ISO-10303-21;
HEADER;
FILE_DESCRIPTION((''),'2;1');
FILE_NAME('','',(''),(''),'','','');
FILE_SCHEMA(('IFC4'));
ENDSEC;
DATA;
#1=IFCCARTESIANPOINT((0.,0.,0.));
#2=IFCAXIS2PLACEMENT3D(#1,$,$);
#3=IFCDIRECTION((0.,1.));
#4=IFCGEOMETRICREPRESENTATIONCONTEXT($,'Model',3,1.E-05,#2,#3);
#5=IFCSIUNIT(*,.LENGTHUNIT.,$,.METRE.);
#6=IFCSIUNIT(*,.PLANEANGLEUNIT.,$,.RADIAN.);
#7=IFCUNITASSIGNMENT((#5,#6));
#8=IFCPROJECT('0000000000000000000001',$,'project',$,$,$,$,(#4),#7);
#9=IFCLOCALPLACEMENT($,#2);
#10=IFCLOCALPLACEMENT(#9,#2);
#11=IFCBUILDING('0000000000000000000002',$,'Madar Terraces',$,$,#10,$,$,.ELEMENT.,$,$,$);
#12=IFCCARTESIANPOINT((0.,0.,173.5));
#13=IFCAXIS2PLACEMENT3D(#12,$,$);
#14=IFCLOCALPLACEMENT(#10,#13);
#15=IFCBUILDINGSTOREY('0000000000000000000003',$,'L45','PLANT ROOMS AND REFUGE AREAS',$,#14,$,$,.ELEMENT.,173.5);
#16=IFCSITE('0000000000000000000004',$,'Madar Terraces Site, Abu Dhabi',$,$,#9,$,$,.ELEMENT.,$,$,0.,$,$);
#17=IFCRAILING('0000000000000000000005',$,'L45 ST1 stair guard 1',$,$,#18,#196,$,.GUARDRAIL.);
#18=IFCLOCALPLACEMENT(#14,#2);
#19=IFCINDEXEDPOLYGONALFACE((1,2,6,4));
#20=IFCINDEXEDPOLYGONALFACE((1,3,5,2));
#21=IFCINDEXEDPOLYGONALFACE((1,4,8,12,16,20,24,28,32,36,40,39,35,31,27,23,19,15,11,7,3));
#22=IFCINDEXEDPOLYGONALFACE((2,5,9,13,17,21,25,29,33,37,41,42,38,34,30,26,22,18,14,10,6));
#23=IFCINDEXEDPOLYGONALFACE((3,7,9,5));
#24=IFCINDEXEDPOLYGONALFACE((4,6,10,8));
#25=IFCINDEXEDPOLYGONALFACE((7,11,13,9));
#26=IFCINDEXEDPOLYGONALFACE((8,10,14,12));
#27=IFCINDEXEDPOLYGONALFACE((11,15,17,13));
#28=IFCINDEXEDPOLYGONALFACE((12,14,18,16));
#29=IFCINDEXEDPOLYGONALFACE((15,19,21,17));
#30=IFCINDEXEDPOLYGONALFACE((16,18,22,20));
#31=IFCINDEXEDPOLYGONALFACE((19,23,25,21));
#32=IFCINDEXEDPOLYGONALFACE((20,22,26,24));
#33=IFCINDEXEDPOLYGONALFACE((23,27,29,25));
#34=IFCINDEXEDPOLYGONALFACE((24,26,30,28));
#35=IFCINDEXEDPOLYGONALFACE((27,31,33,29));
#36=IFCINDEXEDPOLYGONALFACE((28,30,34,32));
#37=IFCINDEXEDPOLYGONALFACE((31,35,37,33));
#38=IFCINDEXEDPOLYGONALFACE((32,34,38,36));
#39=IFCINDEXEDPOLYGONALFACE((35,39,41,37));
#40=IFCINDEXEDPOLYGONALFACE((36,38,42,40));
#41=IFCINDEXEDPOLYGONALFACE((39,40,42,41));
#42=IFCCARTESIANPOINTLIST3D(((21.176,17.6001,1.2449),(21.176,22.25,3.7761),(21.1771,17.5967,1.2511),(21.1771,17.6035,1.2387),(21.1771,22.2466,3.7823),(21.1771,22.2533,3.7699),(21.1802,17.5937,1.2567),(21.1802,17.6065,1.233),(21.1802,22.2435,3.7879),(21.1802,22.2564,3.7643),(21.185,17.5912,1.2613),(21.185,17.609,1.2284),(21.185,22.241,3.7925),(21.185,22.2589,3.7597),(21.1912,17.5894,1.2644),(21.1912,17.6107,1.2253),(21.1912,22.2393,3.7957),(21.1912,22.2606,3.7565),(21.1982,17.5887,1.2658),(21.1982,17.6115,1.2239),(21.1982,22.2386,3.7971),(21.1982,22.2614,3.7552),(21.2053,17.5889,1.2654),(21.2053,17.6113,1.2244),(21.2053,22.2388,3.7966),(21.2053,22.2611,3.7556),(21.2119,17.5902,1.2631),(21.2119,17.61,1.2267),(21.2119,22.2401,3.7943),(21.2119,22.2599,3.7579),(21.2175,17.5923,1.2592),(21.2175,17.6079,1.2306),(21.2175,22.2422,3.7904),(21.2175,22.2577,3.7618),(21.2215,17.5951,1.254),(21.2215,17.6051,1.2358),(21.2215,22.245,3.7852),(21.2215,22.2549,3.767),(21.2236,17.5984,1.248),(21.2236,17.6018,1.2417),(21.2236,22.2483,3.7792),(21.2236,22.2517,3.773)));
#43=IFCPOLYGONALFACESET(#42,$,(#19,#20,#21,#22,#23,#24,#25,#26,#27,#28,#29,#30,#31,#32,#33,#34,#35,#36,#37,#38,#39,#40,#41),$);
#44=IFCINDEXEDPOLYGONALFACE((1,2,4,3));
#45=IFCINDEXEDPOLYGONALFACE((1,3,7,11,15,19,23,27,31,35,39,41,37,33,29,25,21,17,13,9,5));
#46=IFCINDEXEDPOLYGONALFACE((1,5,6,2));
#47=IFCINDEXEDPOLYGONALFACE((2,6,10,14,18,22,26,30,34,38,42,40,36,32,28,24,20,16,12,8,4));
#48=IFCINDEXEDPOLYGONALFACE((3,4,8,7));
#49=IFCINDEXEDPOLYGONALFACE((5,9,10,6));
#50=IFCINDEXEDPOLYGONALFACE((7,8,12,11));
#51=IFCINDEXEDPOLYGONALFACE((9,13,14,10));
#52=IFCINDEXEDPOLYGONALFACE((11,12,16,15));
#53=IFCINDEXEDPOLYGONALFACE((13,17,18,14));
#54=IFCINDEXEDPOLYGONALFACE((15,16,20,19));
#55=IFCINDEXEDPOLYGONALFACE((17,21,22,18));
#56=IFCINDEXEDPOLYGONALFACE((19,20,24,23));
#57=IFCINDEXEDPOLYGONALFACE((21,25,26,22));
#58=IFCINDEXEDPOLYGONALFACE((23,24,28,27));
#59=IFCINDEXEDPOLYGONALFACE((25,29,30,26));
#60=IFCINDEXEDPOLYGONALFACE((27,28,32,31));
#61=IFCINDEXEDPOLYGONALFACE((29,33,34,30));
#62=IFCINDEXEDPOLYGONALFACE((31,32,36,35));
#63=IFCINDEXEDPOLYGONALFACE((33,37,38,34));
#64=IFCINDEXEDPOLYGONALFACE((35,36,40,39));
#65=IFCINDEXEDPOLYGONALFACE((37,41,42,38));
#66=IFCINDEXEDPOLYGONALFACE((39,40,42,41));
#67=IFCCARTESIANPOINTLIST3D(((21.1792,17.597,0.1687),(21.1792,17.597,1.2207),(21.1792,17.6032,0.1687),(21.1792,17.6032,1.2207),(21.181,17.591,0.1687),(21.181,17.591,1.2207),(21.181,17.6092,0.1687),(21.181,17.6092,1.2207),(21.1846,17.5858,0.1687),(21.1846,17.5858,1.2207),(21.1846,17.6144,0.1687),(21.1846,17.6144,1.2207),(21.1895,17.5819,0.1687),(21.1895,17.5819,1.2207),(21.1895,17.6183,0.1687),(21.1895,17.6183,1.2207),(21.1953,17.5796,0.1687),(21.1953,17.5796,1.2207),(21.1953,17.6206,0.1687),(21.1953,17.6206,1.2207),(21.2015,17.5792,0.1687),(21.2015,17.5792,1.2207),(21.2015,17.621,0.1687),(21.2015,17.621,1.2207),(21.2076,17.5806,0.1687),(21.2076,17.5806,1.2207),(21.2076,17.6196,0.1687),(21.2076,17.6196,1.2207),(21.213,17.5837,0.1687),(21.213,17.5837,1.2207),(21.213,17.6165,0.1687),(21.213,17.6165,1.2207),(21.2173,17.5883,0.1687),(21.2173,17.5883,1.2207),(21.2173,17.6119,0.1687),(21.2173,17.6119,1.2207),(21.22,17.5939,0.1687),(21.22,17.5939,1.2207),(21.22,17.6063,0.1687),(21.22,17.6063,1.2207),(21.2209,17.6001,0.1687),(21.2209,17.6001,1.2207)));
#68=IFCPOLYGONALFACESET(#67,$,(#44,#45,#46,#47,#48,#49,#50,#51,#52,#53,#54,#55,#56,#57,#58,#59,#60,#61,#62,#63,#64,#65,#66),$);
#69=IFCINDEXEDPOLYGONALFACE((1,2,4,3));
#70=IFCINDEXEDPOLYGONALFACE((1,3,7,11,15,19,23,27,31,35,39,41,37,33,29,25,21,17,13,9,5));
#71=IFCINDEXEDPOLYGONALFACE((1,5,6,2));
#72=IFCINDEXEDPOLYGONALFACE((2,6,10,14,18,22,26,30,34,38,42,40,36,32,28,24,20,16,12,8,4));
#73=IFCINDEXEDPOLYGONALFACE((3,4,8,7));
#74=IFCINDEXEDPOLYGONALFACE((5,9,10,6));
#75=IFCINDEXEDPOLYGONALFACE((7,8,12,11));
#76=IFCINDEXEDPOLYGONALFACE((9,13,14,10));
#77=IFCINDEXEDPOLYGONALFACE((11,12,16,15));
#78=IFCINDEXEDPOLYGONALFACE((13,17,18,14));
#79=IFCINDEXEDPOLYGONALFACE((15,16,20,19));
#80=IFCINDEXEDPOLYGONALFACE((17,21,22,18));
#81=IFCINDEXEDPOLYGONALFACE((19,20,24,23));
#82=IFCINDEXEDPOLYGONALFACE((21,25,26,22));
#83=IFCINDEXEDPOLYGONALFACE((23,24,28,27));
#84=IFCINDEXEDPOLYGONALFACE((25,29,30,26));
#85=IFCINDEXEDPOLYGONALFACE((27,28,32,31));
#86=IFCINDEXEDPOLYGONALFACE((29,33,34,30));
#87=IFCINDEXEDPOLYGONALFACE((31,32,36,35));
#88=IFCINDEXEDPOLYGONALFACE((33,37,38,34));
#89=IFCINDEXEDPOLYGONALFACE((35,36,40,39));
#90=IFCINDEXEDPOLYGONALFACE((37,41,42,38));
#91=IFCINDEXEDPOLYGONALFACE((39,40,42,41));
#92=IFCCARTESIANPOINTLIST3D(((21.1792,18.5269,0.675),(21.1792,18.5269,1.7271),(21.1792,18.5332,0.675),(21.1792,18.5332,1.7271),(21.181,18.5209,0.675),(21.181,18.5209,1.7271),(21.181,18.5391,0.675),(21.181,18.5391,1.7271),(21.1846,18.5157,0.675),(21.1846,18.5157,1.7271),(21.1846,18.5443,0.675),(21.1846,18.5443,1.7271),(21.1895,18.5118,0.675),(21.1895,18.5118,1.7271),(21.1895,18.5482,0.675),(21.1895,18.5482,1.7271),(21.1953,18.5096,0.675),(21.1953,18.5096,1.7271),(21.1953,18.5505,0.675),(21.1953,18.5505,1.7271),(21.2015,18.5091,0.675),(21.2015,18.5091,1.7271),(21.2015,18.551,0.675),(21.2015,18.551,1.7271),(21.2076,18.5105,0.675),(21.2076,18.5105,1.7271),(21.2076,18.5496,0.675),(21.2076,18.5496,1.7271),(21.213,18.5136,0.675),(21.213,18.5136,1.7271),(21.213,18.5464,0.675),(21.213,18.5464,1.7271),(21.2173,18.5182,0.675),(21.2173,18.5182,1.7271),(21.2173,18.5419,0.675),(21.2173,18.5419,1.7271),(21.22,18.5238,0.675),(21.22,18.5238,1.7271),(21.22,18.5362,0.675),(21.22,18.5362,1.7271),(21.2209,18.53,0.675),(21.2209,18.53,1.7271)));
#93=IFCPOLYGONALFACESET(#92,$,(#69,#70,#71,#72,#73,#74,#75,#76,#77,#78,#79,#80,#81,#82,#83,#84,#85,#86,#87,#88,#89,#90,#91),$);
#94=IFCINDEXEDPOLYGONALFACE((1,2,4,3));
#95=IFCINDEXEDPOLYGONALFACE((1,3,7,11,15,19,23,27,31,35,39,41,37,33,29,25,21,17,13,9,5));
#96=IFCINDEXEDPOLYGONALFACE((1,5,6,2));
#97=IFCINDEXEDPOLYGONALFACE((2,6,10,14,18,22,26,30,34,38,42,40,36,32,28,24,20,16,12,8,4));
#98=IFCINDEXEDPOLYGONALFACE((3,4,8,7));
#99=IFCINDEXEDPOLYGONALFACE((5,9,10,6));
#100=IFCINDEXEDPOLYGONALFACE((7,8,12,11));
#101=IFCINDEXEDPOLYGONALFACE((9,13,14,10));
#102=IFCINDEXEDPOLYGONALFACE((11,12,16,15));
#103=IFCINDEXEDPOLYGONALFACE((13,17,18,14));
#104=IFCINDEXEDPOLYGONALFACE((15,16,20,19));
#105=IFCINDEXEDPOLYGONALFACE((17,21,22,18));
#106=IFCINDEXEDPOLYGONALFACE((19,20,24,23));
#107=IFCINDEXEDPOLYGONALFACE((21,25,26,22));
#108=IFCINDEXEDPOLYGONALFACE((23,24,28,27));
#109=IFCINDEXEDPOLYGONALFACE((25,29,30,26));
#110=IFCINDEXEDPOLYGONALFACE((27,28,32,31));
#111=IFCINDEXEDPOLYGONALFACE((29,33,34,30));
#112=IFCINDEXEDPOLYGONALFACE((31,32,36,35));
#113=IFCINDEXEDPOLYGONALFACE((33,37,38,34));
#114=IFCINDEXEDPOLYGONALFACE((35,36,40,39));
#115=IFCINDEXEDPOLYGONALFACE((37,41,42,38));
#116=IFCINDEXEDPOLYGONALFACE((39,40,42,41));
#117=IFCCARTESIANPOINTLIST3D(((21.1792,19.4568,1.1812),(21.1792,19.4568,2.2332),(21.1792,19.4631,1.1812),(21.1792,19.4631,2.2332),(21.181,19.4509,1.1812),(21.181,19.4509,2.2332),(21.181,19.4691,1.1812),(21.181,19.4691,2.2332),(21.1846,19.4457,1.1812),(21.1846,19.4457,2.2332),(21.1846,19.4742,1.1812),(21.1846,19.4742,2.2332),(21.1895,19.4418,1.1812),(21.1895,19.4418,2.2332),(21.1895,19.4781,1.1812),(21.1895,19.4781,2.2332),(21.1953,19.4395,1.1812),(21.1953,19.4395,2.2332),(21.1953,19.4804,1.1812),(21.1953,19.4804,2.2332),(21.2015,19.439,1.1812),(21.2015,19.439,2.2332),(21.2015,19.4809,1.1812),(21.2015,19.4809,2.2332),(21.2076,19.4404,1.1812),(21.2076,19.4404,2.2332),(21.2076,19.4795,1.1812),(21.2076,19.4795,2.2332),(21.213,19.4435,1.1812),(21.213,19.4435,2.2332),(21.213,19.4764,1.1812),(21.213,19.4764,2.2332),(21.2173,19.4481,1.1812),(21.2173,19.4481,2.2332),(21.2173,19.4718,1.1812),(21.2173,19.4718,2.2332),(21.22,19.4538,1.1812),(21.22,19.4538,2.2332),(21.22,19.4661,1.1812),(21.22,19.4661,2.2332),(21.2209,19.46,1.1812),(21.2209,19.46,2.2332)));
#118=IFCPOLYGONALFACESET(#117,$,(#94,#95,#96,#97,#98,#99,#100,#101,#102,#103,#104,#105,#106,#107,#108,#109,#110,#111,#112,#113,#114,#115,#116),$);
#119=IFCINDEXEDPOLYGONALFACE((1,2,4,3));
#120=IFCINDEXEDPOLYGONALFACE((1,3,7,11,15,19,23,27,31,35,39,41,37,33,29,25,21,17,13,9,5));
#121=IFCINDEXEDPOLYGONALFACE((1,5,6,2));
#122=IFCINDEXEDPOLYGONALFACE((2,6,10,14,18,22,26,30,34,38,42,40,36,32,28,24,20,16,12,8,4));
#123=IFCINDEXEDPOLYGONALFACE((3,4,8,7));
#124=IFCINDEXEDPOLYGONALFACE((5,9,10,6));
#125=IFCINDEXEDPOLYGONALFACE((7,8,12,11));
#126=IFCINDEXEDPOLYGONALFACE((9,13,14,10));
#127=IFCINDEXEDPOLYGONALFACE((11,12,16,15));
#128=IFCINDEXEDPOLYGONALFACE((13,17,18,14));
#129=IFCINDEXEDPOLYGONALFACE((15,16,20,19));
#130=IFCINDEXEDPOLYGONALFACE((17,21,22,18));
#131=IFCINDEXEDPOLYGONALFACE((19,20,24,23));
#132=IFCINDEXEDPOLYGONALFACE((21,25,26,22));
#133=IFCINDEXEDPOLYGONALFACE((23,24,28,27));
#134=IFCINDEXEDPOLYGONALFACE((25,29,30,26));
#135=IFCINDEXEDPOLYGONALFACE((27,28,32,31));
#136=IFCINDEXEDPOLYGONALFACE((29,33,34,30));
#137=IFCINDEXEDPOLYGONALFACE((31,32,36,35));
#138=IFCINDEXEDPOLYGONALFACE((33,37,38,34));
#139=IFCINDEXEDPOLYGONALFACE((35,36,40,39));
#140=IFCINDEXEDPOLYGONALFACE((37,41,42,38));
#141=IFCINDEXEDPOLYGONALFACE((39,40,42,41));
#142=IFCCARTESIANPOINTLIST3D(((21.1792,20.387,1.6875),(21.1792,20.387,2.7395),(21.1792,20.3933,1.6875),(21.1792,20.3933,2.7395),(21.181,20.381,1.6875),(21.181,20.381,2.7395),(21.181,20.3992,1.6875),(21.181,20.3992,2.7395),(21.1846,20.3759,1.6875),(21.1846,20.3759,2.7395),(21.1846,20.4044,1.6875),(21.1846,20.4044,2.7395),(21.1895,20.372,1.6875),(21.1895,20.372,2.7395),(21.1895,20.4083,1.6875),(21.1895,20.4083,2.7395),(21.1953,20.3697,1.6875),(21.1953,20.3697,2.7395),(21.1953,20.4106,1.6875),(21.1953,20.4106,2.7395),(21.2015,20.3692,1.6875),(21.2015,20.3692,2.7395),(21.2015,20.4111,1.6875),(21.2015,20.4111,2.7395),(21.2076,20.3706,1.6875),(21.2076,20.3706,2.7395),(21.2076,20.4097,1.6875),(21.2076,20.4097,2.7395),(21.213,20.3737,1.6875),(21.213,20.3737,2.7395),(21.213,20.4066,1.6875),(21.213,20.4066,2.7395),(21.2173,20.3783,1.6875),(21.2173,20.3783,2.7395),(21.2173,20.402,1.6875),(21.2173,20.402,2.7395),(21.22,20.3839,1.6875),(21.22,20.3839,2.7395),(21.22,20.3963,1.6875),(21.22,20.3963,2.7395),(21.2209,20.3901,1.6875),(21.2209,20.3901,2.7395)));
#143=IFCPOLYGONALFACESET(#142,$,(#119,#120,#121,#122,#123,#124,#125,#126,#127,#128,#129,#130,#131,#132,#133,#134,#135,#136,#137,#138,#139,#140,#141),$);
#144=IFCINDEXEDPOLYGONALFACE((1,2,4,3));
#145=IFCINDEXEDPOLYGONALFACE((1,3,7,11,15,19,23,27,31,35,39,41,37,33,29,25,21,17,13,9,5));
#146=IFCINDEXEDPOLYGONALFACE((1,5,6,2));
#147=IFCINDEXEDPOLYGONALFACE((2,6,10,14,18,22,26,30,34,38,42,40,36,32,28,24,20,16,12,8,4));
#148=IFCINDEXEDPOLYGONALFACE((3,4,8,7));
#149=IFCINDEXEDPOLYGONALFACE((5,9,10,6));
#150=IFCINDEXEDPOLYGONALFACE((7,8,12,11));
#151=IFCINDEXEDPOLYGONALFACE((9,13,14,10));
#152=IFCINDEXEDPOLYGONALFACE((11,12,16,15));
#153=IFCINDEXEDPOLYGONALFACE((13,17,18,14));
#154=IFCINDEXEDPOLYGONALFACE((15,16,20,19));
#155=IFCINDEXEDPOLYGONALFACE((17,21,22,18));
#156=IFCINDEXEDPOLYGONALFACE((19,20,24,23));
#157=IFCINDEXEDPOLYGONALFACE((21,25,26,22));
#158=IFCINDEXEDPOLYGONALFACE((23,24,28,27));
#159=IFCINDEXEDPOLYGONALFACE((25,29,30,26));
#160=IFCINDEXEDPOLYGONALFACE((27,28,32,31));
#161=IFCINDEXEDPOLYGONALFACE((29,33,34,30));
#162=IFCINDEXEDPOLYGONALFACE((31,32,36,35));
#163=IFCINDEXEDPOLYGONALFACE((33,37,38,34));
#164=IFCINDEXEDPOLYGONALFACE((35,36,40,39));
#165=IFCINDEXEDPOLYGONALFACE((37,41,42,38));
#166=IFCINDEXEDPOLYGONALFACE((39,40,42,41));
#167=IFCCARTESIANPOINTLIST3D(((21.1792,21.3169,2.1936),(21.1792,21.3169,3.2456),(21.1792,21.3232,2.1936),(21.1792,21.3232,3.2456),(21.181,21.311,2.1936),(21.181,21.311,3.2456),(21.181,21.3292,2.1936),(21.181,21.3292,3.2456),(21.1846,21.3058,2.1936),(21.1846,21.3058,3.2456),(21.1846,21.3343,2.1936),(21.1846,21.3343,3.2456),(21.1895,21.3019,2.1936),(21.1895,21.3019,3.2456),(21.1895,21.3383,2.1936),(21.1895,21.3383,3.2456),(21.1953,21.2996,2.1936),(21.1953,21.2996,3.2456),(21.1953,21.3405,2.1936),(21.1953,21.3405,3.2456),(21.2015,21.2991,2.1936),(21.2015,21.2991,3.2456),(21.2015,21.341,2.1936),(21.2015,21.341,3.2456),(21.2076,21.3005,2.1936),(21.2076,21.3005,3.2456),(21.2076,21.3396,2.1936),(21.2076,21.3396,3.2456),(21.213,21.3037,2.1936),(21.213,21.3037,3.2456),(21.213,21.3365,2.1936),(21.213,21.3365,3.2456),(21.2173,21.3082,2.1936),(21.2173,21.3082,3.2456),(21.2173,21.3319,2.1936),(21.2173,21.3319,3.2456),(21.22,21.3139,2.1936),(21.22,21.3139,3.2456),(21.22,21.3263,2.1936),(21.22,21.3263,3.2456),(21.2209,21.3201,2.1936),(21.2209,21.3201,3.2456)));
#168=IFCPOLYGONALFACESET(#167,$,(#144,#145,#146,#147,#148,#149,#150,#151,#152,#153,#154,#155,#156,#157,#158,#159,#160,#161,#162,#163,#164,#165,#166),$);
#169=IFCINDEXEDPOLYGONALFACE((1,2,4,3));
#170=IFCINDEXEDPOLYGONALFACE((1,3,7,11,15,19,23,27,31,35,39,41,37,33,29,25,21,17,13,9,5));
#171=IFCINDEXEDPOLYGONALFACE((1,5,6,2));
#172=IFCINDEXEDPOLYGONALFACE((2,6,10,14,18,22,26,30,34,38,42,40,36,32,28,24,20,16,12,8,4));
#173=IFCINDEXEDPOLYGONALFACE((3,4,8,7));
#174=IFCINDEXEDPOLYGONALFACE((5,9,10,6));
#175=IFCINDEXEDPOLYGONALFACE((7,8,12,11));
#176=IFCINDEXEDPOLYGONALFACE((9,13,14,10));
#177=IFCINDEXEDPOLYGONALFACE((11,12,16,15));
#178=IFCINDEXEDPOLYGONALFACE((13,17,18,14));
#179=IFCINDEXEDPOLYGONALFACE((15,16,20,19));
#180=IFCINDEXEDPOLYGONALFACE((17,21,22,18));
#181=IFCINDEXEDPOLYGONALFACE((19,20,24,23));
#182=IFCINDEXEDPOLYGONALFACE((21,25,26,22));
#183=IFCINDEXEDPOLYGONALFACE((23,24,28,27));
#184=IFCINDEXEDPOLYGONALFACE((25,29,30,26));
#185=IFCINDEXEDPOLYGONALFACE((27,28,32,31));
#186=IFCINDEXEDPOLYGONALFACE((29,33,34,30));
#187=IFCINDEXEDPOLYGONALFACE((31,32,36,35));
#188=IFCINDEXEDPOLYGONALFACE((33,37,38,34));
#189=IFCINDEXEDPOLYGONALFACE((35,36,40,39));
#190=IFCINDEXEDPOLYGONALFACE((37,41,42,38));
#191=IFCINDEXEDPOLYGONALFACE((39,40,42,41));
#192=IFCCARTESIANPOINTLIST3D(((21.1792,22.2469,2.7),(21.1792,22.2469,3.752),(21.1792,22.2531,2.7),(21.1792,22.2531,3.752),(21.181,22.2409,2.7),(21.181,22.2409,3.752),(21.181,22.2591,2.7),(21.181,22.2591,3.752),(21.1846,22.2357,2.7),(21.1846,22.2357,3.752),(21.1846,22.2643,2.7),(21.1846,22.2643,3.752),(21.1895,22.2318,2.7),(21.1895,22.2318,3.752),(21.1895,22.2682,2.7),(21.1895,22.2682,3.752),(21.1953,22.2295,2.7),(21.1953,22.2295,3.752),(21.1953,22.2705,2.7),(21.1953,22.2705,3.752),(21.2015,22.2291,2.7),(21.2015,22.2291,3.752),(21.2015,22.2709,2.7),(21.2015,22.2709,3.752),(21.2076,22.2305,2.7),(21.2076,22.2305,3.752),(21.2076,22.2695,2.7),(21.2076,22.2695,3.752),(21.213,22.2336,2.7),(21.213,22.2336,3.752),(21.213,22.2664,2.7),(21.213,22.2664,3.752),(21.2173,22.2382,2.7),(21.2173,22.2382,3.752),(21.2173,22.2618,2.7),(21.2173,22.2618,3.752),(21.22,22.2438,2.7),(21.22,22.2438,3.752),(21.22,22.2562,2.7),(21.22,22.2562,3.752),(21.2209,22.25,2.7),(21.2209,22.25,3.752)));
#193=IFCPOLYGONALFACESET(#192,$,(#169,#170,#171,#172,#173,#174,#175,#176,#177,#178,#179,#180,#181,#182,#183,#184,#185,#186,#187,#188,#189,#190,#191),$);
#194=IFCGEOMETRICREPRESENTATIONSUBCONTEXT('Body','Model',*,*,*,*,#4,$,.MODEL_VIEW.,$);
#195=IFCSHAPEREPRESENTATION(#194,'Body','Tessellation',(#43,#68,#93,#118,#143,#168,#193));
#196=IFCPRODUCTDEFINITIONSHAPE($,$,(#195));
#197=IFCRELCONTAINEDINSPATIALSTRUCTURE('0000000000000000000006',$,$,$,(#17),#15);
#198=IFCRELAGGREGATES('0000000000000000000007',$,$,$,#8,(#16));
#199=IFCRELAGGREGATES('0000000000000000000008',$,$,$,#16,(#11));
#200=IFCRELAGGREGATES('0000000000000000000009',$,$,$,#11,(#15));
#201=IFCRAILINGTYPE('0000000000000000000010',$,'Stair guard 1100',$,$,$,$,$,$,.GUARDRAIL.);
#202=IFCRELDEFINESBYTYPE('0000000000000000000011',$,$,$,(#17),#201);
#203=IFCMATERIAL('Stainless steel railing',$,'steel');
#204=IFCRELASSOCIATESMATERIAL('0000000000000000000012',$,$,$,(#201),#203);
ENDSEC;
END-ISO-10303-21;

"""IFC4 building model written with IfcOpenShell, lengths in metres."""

from ifc_helpers import new_model, si_unit, direction, frame, origin, origin_2d, place, context, subcontext, project, spatial, circle, extrude, material, type_object, element, save


model = new_model("IFC4")

# Units and contexts
model_context = context("Model", 3, precision=1e-05, world=origin(), true_north=direction((0.0, 1.0)))
body_context = subcontext(model_context, "Body", "Model", "MODEL_VIEW")
ifc_project = project(units=[si_unit("LENGTHUNIT", "METRE"), si_unit("PLANEANGLEUNIT", "RADIAN")], contexts=[model_context])

# Site, building, storey
site_placement = place(None, origin())
site = spatial("IfcSite", under=ifc_project, at=site_placement, Name="Madar Terraces Site, Abu Dhabi", CompositionType="ELEMENT", RefElevation=0.0)
building_placement = place(site_placement, origin())
building = spatial("IfcBuilding", under=site, at=building_placement, Name="Madar Terraces", CompositionType="ELEMENT")
storey_placement = place(building_placement, frame((0.0, 0.0, 173.5)))
storey = spatial("IfcBuildingStorey", under=building, at=storey_placement, Name="L45", Description="PLANT ROOMS AND REFUGE AREAS", CompositionType="ELEMENT", Elevation=173.5)

# Railing
ifc_material_1 = material(Name="Stainless steel railing", Category="steel")
railing_type_1 = type_object("IfcRailingType", Name="Stair guard 1100", PredefinedType="GUARDRAIL", material=ifc_material_1)
railing_1_placement = place(storey_placement, frame((21.2, 17.6001, 0.1687)))
element("IfcRailing", 1, at=railing_1_placement, inside=storey, type_object=railing_type_1, Name="L45 ST1 stair guard 1", PredefinedType="GUARDRAIL", context=body_context, shape_type="SweptSolid", body=[
    extrude(circle(Radius=0.0239, at=origin_2d()), frame((0.0, 0.0, 1.0762), z_axis=(0.0, 0.878297, 0.478115), x_axis=(-1.0, 0.0, 0.0)), (0.0, 0.0, 1.0), 5.2942),
    extrude(circle(Radius=0.021, at=origin_2d()), origin(), (0.0, 0.0, 1.0), 1.052),
    extrude(circle(Radius=0.021, at=origin_2d()), frame((0.0, 0.9299, 0.5063)), (0.0, 0.0, 1.0), 1.052),
    extrude(circle(Radius=0.021, at=origin_2d()), frame((0.0, 1.8599, 1.0125)), (0.0, 0.0, 1.0), 1.052),
    extrude(circle(Radius=0.021, at=origin_2d()), frame((0.0, 2.79, 1.5188)), (0.0, 0.0, 1.0), 1.052),
    extrude(circle(Radius=0.021, at=origin_2d()), frame((0.0, 3.72, 2.0249)), (0.0, 0.0, 1.0), 1.052),
    extrude(circle(Radius=0.021, at=origin_2d()), frame((0.0, 4.6499, 2.5312)), (0.0, 0.0, 1.0), 1.052),
])

save(model, "model.ifc")
